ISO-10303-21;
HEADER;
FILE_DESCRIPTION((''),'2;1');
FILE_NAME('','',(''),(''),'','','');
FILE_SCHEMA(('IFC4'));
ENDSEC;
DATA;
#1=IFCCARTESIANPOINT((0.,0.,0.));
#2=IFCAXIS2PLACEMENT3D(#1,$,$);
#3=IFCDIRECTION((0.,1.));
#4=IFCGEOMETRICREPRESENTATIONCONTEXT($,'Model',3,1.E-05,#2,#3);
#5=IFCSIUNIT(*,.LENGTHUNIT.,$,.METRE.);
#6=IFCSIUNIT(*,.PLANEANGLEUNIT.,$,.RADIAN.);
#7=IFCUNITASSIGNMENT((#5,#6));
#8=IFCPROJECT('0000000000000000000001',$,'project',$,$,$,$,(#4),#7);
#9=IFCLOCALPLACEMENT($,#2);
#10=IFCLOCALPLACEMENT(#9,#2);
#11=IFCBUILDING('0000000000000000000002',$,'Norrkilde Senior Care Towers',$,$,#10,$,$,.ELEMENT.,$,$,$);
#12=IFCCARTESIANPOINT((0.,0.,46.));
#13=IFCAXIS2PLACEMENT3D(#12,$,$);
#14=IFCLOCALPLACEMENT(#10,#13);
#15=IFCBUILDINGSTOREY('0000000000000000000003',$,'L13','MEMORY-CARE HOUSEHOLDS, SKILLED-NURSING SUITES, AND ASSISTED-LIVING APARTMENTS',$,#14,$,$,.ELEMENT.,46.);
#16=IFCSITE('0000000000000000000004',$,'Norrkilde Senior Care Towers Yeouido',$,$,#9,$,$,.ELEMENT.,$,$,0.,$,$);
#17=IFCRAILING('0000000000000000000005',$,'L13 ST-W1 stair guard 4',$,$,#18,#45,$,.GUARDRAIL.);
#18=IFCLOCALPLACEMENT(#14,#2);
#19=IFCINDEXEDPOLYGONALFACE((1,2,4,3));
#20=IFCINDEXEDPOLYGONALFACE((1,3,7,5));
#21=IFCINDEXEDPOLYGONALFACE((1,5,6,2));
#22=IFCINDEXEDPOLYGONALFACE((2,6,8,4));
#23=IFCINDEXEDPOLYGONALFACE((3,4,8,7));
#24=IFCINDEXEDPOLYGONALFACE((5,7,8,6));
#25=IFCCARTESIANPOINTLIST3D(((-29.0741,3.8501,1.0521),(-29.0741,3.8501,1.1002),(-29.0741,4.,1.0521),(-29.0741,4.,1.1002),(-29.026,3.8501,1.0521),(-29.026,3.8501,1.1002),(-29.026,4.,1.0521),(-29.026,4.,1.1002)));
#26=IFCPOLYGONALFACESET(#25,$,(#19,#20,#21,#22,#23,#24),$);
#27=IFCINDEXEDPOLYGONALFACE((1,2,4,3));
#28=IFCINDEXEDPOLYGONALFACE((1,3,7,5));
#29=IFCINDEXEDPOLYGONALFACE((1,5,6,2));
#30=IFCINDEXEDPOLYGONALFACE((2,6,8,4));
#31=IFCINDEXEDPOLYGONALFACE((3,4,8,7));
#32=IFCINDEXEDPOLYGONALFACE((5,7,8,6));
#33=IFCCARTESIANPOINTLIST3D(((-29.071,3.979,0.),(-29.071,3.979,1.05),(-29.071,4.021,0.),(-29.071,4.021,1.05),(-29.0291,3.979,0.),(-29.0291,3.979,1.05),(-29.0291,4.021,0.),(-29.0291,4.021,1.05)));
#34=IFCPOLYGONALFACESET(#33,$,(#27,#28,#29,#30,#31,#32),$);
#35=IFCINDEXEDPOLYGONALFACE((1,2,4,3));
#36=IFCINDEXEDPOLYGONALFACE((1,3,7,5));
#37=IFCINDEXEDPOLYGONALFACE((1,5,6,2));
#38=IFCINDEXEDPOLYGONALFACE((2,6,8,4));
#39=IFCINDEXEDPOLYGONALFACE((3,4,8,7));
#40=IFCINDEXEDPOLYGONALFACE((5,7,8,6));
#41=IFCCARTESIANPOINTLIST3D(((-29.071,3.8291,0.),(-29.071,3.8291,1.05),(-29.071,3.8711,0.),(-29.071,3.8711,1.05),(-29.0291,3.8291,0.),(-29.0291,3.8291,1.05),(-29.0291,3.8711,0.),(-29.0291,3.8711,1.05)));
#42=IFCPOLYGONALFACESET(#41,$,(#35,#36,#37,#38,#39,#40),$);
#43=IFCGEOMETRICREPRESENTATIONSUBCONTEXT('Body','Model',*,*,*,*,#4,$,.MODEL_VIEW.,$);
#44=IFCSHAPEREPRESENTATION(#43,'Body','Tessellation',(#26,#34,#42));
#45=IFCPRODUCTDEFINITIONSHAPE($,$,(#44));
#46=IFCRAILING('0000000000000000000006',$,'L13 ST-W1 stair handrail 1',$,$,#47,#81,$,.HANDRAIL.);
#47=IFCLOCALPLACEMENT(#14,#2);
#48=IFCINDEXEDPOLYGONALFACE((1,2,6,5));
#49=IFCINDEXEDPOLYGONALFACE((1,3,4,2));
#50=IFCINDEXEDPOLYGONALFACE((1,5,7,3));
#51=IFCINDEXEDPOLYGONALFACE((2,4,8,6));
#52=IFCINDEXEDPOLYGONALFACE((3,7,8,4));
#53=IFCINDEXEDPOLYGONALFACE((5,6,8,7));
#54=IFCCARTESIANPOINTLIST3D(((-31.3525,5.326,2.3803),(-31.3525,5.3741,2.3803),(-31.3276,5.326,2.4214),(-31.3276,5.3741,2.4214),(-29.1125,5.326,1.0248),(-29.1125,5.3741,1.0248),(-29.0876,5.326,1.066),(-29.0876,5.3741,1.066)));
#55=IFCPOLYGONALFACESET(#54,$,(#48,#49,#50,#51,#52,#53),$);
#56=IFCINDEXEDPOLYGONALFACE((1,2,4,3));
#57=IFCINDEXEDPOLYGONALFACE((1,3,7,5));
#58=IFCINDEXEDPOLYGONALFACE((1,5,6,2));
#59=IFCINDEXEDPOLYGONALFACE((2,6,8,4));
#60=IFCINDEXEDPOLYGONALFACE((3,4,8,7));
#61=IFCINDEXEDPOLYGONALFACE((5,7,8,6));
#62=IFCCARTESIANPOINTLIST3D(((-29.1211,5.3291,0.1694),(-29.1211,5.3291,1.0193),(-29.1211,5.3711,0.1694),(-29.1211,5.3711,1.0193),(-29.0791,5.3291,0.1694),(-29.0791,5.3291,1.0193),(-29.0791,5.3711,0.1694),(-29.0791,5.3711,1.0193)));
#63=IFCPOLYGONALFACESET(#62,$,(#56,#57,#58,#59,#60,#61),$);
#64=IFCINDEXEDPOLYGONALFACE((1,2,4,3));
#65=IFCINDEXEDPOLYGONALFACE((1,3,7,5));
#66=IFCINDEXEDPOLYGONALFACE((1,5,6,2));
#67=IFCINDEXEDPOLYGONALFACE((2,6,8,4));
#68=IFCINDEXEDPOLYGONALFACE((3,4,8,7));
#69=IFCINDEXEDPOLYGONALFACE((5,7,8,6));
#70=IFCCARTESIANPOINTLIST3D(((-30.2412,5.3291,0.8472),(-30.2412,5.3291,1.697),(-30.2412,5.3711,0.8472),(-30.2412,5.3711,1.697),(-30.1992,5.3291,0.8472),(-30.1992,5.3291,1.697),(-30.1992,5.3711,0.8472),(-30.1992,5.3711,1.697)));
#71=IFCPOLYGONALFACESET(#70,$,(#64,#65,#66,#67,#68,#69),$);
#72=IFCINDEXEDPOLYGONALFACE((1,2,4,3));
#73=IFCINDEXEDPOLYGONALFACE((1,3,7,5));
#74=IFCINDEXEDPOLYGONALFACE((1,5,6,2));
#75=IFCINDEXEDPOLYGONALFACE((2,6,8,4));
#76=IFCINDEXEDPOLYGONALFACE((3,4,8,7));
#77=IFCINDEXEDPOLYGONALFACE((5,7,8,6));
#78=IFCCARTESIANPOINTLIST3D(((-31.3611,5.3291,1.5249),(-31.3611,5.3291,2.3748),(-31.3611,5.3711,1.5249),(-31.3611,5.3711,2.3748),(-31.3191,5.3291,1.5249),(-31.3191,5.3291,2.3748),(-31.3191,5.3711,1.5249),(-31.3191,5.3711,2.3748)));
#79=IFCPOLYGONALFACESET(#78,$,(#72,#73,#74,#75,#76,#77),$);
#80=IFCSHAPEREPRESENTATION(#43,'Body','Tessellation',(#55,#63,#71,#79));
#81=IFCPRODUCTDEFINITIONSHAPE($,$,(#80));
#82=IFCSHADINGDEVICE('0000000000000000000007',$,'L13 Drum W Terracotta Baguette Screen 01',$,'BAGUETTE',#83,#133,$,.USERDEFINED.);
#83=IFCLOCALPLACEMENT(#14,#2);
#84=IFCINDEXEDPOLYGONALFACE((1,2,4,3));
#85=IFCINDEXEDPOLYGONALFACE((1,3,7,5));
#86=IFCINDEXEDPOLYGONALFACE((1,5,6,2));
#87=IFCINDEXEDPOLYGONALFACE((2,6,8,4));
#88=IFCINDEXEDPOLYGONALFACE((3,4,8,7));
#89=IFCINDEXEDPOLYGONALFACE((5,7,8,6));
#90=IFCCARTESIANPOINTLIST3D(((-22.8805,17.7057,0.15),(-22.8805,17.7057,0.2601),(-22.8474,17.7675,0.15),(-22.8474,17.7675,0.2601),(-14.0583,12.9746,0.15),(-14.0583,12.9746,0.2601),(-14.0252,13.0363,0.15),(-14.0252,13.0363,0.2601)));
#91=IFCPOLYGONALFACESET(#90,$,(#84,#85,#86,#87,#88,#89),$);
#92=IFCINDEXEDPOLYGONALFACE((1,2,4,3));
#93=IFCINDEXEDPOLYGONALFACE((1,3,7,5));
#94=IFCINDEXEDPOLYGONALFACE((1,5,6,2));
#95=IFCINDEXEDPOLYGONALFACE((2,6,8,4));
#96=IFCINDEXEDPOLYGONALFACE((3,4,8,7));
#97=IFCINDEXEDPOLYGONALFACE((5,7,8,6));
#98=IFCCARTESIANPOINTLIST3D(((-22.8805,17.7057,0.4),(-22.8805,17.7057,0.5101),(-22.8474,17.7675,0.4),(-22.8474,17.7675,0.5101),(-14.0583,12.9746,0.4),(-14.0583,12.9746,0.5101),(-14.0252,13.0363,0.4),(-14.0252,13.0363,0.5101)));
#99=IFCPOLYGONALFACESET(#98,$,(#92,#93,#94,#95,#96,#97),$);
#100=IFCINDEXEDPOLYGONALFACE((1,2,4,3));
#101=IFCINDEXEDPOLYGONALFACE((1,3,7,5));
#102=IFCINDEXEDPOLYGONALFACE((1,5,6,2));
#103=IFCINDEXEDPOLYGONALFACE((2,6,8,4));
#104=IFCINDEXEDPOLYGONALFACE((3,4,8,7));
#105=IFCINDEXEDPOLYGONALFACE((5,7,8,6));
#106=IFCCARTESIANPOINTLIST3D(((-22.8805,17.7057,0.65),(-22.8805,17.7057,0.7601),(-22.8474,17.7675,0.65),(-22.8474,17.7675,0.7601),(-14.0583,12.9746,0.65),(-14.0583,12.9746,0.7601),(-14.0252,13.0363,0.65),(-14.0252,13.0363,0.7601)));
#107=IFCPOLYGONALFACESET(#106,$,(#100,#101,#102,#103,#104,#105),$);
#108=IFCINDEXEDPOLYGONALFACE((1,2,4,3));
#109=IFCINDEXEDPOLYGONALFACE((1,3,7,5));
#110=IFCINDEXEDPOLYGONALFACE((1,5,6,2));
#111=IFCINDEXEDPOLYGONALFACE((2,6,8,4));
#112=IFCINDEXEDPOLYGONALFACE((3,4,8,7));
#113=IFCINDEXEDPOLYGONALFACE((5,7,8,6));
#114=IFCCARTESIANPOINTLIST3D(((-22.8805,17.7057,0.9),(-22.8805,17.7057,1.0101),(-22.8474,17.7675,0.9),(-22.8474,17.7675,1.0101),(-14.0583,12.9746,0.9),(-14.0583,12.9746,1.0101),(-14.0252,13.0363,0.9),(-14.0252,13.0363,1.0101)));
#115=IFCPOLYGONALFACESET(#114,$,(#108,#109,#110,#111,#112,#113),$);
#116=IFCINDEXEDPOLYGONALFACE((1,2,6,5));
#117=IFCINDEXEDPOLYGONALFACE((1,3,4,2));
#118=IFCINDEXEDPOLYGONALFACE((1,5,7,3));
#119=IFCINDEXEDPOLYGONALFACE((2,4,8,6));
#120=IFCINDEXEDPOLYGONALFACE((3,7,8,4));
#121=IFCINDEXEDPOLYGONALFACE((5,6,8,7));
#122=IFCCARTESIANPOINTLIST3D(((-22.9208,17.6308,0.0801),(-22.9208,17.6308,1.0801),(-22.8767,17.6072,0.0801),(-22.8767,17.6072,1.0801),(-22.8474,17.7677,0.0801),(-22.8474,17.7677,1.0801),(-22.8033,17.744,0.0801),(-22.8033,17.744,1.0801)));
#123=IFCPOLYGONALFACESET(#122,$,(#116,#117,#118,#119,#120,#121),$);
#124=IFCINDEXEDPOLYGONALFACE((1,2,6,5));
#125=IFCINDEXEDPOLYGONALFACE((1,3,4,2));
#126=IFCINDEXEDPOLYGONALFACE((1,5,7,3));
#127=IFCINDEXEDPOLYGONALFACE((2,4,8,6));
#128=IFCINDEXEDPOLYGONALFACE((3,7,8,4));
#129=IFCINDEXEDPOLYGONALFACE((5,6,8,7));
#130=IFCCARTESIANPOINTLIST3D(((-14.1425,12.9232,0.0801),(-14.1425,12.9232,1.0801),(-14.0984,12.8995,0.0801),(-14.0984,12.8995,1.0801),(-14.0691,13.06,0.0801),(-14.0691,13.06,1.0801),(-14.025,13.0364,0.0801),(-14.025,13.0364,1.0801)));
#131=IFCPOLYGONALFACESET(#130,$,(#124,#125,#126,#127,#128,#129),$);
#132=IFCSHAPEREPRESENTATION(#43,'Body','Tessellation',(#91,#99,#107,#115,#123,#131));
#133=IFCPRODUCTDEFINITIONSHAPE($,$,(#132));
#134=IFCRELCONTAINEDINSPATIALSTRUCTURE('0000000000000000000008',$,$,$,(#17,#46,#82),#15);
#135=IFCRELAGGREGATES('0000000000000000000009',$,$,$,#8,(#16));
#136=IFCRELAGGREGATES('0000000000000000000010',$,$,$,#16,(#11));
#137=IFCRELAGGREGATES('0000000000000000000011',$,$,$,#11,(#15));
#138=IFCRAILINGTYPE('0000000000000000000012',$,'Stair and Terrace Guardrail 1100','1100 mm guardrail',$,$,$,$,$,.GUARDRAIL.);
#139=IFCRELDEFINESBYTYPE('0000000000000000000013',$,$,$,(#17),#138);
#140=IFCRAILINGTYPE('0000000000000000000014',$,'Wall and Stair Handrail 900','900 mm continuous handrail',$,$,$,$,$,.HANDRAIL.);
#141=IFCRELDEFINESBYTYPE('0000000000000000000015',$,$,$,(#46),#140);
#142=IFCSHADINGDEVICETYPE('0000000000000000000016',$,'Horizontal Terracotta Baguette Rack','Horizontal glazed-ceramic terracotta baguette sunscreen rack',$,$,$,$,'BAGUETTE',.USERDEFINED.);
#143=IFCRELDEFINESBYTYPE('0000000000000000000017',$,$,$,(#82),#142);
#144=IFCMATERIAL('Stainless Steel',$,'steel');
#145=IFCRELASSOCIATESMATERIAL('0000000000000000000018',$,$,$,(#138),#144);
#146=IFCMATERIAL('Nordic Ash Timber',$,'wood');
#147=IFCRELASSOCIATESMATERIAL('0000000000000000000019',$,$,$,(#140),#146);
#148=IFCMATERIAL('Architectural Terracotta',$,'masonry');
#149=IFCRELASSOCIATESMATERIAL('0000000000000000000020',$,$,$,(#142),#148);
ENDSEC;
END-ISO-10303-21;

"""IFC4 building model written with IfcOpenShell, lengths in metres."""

from ifc_helpers import new_model, si_unit, direction, frame, origin, origin_2d, place, context, subcontext, project, spatial, rectangle, extrude, source, transform, mapped, material, type_object, type_shapes, element, save


model = new_model("IFC4")

# Units and contexts
model_context = context("Model", 3, precision=1e-05, world=origin(), true_north=direction((0.0, 1.0)))
body_context = subcontext(model_context, "Body", "Model", "MODEL_VIEW")
ifc_project = project(units=[si_unit("LENGTHUNIT", "METRE"), si_unit("PLANEANGLEUNIT", "RADIAN")], contexts=[model_context])

# Site, building, storey
site_placement = place(None, origin())
site = spatial("IfcSite", under=ifc_project, at=site_placement, Name="Norrkilde Senior Care Towers Yeouido", CompositionType="ELEMENT", RefElevation=0.0)
building_placement = place(site_placement, origin())
building = spatial("IfcBuilding", under=site, at=building_placement, Name="Norrkilde Senior Care Towers", CompositionType="ELEMENT")
storey_placement = place(building_placement, frame((0.0, 0.0, 46.0)))
storey = spatial("IfcBuildingStorey", under=building, at=storey_placement, Name="L13", Description="MEMORY-CARE HOUSEHOLDS, SKILLED-NURSING SUITES, AND ASSISTED-LIVING APARTMENTS", CompositionType="ELEMENT", Elevation=46.0)

# Shared definitions
ifc_material_1 = material(Name="Nordic Ash Timber", Category="wood")

# Railings
ifc_material_2 = material(Name="Stainless Steel", Category="steel")
railing_type_1 = type_object("IfcRailingType", Name="Stair and Terrace Guardrail 1100", Description="1100 mm guardrail", PredefinedType="GUARDRAIL", material=ifc_material_2)
railing_1_placement = place(storey_placement, frame((-29.05, 4.0, 0.0)))
element("IfcRailing", 1, at=railing_1_placement, inside=storey, type_object=railing_type_1, Name="L13 ST-W1 stair guard 4", PredefinedType="GUARDRAIL", context=body_context, shape_type="SweptSolid", body=[
    extrude(rectangle(XDim=0.0481, YDim=0.0481, at=origin_2d()), frame((0.0, 0.0, 1.0762), z_axis=(0.0, -1.0, 0.0), x_axis=(1.0, 0.0, 0.0)), (0.0, 0.0, 1.0), 0.1499),
    extrude(rectangle(XDim=0.042, YDim=0.042, at=origin_2d()), origin(), (0.0, 0.0, 1.0), 1.05),
    extrude(rectangle(XDim=0.042, YDim=0.042, at=origin_2d()), frame((0.0, -0.1499, 0.0)), (0.0, 0.0, 1.0), 1.05),
])
railing_type_2 = type_object("IfcRailingType", Name="Wall and Stair Handrail 900", Description="900 mm continuous handrail", PredefinedType="HANDRAIL", material=ifc_material_1)
railing_2_placement = place(storey_placement, frame((-29.1001, 5.3501, 0.1694)))
element("IfcRailing", 2, at=railing_2_placement, inside=storey, type_object=railing_type_2, Name="L13 ST-W1 stair handrail 1", PredefinedType="HANDRAIL", context=body_context, shape_type="SweptSolid", body=[
    extrude(rectangle(XDim=0.0481, YDim=0.0481, at=origin_2d()), frame((0.0, 0.0, 0.876), z_axis=(-0.855553, 0.0, 0.517715), x_axis=(0.0, -1.0, 0.0)), (0.0, 0.0, 1.0), 2.6182),
    extrude(rectangle(XDim=0.042, YDim=0.042, at=origin_2d()), origin(), (0.0, 0.0, 1.0), 0.8499),
    extrude(rectangle(XDim=0.042, YDim=0.042, at=origin_2d()), frame((-1.1201, 0.0, 0.6777)), (0.0, 0.0, 1.0), 0.8499),
    extrude(rectangle(XDim=0.042, YDim=0.042, at=origin_2d()), frame((-2.24, 0.0, 1.3555)), (0.0, 0.0, 1.0), 0.8499),
])

# Shading device
ifc_material_3 = material(Name="Architectural Terracotta", Category="masonry")
shading_device_type = type_object("IfcShadingDeviceType", Name="Horizontal Terracotta Baguette Rack", Description="Horizontal glazed-ceramic terracotta baguette sunscreen rack", ElementType="BAGUETTE", PredefinedType="USERDEFINED", material=ifc_material_3)
shared_shape_1 = source(origin(), body_context, "Body", "SweptSolid", [
    extrude(rectangle(XDim=0.0701, YDim=0.1101, at=origin_2d()), frame((0.0, 0.0901, 0.125), z_axis=(1.0, 0.0, 0.0), x_axis=(0.0, 1.0, 0.0)), (0.0, 0.0, 1.0), 10.0107),
    extrude(rectangle(XDim=0.0701, YDim=0.1101, at=origin_2d()), frame((0.0, 0.0901, 0.375), z_axis=(1.0, 0.0, 0.0), x_axis=(0.0, 1.0, 0.0)), (0.0, 0.0, 1.0), 10.0107),
    extrude(rectangle(XDim=0.0701, YDim=0.1101, at=origin_2d()), frame((0.0, 0.0901, 0.625), z_axis=(1.0, 0.0, 0.0), x_axis=(0.0, 1.0, 0.0)), (0.0, 0.0, 1.0), 10.0107),
    extrude(rectangle(XDim=0.0701, YDim=0.1101, at=origin_2d()), frame((0.0, 0.0901, 0.875), z_axis=(1.0, 0.0, 0.0), x_axis=(0.0, 1.0, 0.0)), (0.0, 0.0, 1.0), 10.0107),
    extrude(rectangle(XDim=0.05, YDim=0.1553, at=origin_2d()), frame((0.0249, 0.0476, 0.0)), (0.0, 0.0, 1.0), 1.0),
    extrude(rectangle(XDim=0.05, YDim=0.1553, at=origin_2d()), frame((9.9858, 0.0476, 0.0)), (0.0, 0.0, 1.0), 1.0),
])
type_shapes(shading_device_type, [shared_shape_1])
shading_device_placement = place(storey_placement, frame((-22.9065, 17.6572, 0.0801), z_axis=(0.0, 0.0, 1.0), x_axis=(0.88128, -0.472612, 0.0)))
element("IfcShadingDevice", 3, at=shading_device_placement, inside=storey, type_object=shading_device_type, Name="L13 Drum W Terracotta Baguette Screen 01", ObjectType="BAGUETTE", PredefinedType="USERDEFINED", context=body_context, shape_type="MappedRepresentation", body=[
    mapped(shared_shape_1, transform((0.0, 0.0, 0.0), x_axis=(1.0, 0.0, 0.0), y_axis=(0.0, 1.0, 0.0), z_axis=(0.0, 0.0, 1.0), scale=1.0)),
])

save(model, "model.ifc")
